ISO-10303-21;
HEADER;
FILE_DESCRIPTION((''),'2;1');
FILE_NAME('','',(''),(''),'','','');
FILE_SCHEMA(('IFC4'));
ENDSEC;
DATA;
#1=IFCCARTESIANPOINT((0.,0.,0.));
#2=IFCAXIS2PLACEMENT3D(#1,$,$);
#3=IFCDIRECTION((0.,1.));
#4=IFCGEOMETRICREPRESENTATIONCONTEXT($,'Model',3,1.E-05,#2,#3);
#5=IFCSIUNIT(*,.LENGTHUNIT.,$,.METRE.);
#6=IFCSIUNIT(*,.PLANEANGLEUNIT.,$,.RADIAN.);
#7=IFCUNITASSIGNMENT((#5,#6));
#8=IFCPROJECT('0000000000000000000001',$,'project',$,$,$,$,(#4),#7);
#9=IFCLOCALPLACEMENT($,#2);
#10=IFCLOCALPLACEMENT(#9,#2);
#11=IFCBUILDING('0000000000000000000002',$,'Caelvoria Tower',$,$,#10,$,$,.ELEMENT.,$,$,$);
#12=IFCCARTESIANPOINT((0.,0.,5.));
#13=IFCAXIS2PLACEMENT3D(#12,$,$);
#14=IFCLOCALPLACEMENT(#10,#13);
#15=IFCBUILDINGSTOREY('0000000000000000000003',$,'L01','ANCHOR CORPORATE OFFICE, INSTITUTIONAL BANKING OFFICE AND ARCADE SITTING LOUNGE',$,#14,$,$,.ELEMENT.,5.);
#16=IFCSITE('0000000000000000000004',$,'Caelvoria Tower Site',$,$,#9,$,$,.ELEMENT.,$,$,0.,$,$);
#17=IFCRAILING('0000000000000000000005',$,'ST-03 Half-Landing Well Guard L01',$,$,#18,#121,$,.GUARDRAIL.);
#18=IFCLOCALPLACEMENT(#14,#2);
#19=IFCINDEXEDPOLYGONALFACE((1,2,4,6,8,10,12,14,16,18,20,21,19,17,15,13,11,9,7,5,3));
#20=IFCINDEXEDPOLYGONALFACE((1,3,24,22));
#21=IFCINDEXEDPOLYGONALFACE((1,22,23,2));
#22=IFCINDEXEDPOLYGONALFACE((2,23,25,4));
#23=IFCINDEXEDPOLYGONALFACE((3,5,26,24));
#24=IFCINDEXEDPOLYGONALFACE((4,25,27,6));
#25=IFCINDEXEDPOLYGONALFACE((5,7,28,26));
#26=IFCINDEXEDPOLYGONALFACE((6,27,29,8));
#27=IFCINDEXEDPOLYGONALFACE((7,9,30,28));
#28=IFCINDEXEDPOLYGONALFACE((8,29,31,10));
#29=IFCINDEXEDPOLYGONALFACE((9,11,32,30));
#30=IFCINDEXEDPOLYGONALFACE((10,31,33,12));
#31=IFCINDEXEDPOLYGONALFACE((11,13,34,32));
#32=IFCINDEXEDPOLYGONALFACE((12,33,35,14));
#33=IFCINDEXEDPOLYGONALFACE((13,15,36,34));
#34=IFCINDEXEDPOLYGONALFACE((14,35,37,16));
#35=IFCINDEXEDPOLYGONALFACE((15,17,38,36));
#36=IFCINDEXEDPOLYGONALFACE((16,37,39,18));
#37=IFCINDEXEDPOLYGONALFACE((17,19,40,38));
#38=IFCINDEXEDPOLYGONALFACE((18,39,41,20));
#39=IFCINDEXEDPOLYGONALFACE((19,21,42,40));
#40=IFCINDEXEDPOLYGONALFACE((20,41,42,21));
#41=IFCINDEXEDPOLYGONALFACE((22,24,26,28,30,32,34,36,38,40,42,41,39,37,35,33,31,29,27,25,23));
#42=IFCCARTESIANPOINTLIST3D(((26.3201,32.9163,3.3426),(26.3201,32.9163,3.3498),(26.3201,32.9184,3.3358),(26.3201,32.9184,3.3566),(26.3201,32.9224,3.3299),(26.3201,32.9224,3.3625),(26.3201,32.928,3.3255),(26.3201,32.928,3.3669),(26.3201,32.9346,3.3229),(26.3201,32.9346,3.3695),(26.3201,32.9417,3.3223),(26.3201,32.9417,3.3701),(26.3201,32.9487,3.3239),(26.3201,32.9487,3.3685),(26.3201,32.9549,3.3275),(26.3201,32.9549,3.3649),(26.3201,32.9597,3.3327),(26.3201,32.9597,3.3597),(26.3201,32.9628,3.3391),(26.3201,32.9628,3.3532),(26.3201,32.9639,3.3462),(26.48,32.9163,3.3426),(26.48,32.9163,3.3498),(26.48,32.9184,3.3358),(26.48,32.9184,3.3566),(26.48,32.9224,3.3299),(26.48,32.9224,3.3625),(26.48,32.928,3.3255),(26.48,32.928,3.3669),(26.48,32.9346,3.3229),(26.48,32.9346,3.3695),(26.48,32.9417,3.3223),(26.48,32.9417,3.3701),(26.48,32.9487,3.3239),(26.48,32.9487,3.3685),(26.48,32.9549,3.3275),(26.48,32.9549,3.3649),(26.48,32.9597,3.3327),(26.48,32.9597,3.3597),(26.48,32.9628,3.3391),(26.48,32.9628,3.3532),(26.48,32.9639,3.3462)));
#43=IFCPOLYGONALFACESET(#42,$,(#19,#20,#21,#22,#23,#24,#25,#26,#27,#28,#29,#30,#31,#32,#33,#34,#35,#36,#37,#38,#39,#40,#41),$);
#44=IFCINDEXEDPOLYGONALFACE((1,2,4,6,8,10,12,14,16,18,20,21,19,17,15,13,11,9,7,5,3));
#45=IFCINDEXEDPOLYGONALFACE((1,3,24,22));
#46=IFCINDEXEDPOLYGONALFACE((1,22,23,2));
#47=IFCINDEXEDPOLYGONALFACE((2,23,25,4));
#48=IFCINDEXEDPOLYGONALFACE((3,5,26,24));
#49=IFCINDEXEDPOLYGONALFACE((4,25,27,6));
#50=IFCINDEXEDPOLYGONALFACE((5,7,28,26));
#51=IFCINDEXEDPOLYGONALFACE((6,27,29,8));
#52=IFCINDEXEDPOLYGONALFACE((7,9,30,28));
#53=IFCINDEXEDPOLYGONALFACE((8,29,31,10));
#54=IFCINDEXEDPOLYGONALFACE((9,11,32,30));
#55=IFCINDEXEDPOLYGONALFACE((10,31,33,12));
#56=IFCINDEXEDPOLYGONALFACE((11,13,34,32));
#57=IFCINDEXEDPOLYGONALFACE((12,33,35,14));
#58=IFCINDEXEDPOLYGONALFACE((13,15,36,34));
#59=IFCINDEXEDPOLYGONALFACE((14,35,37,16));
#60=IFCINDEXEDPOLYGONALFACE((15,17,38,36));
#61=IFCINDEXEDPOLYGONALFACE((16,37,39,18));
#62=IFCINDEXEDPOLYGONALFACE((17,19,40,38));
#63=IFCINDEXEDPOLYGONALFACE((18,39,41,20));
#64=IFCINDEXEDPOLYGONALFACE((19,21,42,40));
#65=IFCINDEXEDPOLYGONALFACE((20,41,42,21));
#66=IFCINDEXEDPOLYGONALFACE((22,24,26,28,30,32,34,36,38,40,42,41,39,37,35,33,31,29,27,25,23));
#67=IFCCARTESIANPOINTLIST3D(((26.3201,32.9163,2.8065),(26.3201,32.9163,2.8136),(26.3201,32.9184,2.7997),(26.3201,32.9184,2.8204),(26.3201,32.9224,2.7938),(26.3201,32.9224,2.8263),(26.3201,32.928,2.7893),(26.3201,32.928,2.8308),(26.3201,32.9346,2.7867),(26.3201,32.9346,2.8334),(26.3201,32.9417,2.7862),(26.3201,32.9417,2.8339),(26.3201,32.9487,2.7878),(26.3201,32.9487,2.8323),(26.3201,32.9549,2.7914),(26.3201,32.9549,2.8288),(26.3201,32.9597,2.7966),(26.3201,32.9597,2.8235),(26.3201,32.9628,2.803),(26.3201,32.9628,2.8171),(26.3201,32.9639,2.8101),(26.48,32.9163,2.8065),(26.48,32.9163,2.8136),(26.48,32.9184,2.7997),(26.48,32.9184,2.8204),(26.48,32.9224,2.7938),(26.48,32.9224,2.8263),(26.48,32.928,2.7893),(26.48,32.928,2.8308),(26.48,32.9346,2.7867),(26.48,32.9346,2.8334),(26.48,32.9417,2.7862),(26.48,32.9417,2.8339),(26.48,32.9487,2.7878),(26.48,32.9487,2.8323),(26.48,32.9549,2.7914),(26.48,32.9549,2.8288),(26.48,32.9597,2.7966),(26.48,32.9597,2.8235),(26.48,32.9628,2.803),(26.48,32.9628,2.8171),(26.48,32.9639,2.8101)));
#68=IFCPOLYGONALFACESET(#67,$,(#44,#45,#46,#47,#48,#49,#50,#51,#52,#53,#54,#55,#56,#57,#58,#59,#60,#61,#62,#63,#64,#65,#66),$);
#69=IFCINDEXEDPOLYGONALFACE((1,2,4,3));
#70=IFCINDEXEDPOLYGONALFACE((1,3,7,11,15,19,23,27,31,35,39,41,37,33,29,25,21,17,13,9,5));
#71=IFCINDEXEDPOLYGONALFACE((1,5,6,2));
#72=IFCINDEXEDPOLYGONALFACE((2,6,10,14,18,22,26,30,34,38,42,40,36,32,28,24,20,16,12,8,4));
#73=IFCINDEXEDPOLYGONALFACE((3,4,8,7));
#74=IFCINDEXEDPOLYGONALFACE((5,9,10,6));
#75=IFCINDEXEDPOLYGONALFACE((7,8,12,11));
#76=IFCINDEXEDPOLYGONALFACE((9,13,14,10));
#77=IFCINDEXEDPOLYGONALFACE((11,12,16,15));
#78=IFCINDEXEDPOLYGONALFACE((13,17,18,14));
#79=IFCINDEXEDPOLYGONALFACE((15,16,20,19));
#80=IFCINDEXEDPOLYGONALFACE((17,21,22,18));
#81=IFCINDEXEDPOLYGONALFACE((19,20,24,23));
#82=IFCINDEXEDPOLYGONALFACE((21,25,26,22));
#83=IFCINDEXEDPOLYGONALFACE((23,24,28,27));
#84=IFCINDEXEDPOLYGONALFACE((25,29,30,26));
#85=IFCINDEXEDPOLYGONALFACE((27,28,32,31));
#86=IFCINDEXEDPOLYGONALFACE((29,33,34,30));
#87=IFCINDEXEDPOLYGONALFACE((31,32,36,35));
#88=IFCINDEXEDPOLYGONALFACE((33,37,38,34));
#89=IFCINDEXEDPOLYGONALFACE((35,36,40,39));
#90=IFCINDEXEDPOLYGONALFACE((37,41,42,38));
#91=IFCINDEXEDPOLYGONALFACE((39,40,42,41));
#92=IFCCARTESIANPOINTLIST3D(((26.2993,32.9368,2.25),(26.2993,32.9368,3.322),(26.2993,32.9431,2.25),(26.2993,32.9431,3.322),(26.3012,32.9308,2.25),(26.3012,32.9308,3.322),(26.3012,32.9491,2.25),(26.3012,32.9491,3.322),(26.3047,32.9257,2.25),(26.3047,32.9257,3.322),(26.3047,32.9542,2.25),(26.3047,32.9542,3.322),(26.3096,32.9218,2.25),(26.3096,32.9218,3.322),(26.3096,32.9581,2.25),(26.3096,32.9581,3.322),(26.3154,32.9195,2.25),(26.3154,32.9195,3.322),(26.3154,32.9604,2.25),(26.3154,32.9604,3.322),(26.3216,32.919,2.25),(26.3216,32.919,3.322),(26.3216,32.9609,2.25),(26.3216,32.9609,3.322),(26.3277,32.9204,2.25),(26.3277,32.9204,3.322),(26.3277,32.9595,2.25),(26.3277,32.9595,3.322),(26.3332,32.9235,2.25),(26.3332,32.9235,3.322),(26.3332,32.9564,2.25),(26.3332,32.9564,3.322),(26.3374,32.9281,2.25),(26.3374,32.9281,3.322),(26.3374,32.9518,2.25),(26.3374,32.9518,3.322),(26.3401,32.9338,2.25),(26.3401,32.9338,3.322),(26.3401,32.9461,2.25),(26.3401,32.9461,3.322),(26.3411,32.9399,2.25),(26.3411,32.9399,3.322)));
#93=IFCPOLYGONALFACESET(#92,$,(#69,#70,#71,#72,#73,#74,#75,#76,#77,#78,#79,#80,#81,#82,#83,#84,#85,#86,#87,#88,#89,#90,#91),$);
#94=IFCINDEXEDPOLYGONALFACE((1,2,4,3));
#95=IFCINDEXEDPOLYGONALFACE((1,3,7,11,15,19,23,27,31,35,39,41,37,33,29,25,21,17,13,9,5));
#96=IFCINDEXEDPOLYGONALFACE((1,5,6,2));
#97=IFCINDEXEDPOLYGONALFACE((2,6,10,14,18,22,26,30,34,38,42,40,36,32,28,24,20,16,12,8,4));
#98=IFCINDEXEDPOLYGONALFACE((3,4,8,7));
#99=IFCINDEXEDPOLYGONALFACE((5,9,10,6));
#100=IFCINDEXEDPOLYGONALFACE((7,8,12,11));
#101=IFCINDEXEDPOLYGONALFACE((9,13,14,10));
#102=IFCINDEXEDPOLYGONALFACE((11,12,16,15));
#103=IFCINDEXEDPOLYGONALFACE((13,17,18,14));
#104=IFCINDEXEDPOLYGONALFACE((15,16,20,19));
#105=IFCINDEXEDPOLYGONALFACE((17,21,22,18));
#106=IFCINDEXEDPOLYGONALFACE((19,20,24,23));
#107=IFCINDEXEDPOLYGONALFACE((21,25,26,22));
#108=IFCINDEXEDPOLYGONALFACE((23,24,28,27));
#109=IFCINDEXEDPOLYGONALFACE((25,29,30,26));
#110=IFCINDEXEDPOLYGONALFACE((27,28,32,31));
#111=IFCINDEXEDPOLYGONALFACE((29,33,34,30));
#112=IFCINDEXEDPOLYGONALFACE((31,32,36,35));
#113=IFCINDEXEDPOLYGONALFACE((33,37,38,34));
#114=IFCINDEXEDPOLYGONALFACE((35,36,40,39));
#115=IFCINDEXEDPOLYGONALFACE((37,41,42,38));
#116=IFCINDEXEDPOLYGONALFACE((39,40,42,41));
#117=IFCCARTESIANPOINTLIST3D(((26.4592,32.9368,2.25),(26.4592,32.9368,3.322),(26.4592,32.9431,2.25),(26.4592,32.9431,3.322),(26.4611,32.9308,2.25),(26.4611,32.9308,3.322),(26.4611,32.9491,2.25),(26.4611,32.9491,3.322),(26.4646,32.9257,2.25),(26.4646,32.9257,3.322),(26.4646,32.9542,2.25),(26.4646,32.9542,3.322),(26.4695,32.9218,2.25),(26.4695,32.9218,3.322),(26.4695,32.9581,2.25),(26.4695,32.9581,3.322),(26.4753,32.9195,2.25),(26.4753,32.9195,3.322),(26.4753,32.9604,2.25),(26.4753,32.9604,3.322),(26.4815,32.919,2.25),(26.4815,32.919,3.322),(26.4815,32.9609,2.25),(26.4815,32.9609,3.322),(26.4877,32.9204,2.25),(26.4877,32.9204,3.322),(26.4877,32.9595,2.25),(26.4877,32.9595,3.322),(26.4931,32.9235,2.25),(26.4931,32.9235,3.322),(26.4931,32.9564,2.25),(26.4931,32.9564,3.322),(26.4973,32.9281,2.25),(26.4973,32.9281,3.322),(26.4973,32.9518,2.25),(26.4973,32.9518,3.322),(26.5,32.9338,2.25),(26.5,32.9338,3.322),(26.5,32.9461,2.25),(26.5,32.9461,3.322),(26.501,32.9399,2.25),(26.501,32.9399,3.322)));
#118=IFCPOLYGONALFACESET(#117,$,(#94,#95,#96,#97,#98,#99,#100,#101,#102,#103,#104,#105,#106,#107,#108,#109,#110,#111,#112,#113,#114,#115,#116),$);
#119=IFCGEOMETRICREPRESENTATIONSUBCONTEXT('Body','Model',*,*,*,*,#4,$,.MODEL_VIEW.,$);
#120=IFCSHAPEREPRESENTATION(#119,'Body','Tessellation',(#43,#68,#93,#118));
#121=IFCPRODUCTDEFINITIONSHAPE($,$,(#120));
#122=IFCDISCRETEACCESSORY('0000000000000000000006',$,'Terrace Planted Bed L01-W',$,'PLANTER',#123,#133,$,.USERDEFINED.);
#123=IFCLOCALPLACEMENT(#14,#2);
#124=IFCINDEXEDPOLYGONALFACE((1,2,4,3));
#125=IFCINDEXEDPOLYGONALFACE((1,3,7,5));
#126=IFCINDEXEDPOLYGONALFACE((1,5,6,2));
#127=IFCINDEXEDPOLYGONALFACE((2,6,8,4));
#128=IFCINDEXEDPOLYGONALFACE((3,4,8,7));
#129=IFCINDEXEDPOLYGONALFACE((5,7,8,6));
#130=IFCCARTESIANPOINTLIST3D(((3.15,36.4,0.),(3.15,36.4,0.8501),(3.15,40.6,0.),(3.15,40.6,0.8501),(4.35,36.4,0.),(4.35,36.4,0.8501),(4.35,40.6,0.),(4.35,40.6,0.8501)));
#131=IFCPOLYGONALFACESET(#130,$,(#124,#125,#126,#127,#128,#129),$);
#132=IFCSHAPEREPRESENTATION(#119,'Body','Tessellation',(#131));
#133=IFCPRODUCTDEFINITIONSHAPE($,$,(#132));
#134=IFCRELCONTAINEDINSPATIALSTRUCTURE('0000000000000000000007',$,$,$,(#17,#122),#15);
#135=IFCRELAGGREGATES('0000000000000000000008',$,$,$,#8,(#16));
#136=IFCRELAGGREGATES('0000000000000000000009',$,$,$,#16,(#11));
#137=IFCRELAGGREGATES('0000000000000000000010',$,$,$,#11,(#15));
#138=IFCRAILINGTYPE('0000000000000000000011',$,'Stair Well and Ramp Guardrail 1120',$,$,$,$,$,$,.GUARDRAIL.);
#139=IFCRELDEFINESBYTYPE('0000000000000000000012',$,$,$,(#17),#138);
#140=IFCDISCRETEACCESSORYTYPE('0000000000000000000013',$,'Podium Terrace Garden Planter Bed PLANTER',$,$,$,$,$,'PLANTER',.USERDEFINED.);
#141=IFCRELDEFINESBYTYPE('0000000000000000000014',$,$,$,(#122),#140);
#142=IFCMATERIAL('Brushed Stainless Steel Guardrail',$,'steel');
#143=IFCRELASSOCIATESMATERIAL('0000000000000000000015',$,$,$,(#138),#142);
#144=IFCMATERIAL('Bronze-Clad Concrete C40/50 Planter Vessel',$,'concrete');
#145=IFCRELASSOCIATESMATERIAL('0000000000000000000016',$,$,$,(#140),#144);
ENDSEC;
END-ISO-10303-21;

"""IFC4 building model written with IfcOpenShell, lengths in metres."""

from ifc_helpers import new_model, si_unit, direction, frame, origin, origin_2d, place, context, subcontext, project, spatial, rectangle, circle, extrude, material, type_object, element, save


model = new_model("IFC4")

# Units and contexts
model_context = context("Model", 3, precision=1e-05, world=origin(), true_north=direction((0.0, 1.0)))
body_context = subcontext(model_context, "Body", "Model", "MODEL_VIEW")
ifc_project = project(units=[si_unit("LENGTHUNIT", "METRE"), si_unit("PLANEANGLEUNIT", "RADIAN")], contexts=[model_context])

# Site, building, storey
site_placement = place(None, origin())
site = spatial("IfcSite", under=ifc_project, at=site_placement, Name="Caelvoria Tower Site", CompositionType="ELEMENT", RefElevation=0.0)
building_placement = place(site_placement, origin())
building = spatial("IfcBuilding", under=site, at=building_placement, Name="Caelvoria Tower", CompositionType="ELEMENT")
storey_placement = place(building_placement, frame((0.0, 0.0, 5.0)))
storey = spatial("IfcBuildingStorey", under=building, at=storey_placement, Name="L01", Description="ANCHOR CORPORATE OFFICE, INSTITUTIONAL BANKING OFFICE AND ARCADE SITTING LOUNGE", CompositionType="ELEMENT", Elevation=5.0)

# Railing
ifc_material_1 = material(Name="Brushed Stainless Steel Guardrail", Category="steel")
railing_type_1 = type_object("IfcRailingType", Name="Stair Well and Ramp Guardrail 1120", PredefinedType="GUARDRAIL", material=ifc_material_1)
railing_1_placement = place(storey_placement, frame((26.3201, 32.9399, 2.25)))
element("IfcRailing", 1, at=railing_1_placement, inside=storey, type_object=railing_type_1, Name="ST-03 Half-Landing Well Guard L01", PredefinedType="GUARDRAIL", context=body_context, shape_type="SweptSolid", body=[
    extrude(circle(Radius=0.0239, at=origin_2d()), frame((0.0, 0.0, 1.0962), z_axis=(1.0, 0.0, 0.0), x_axis=(0.0, 1.0, 0.0)), (0.0, 0.0, 1.0), 0.1599),
    extrude(circle(Radius=0.0239, at=origin_2d()), frame((0.0, 0.0, 0.5601), z_axis=(1.0, 0.0, 0.0), x_axis=(0.0, 1.0, 0.0)), (0.0, 0.0, 1.0), 0.1599),
    extrude(circle(Radius=0.021, at=origin_2d()), origin(), (0.0, 0.0, 1.0), 1.072),
    extrude(circle(Radius=0.021, at=origin_2d()), frame((0.1599, 0.0, 0.0)), (0.0, 0.0, 1.0), 1.072),
])

# Discrete accessory
ifc_material_2 = material(Name="Bronze-Clad Concrete C40/50 Planter Vessel", Category="concrete")
discrete_accessory_type = type_object("IfcDiscreteAccessoryType", Name="Podium Terrace Garden Planter Bed PLANTER", ElementType="PLANTER", PredefinedType="USERDEFINED", material=ifc_material_2)
discrete_accessory_placement = place(storey_placement, frame((3.75, 38.5, 0.0), z_axis=(0.0, 0.0, 1.0), x_axis=(1.0, 0.0, 0.0)))
element("IfcDiscreteAccessory", 2, at=discrete_accessory_placement, inside=storey, type_object=discrete_accessory_type, Name="Terrace Planted Bed L01-W", ObjectType="PLANTER", PredefinedType="USERDEFINED", context=body_context, shape_type="SweptSolid", body=[
    extrude(rectangle(XDim=1.2, YDim=4.2, at=origin_2d()), origin(), (0.0, 0.0, 1.0), 0.8501),
])

save(model, "model.ifc")
